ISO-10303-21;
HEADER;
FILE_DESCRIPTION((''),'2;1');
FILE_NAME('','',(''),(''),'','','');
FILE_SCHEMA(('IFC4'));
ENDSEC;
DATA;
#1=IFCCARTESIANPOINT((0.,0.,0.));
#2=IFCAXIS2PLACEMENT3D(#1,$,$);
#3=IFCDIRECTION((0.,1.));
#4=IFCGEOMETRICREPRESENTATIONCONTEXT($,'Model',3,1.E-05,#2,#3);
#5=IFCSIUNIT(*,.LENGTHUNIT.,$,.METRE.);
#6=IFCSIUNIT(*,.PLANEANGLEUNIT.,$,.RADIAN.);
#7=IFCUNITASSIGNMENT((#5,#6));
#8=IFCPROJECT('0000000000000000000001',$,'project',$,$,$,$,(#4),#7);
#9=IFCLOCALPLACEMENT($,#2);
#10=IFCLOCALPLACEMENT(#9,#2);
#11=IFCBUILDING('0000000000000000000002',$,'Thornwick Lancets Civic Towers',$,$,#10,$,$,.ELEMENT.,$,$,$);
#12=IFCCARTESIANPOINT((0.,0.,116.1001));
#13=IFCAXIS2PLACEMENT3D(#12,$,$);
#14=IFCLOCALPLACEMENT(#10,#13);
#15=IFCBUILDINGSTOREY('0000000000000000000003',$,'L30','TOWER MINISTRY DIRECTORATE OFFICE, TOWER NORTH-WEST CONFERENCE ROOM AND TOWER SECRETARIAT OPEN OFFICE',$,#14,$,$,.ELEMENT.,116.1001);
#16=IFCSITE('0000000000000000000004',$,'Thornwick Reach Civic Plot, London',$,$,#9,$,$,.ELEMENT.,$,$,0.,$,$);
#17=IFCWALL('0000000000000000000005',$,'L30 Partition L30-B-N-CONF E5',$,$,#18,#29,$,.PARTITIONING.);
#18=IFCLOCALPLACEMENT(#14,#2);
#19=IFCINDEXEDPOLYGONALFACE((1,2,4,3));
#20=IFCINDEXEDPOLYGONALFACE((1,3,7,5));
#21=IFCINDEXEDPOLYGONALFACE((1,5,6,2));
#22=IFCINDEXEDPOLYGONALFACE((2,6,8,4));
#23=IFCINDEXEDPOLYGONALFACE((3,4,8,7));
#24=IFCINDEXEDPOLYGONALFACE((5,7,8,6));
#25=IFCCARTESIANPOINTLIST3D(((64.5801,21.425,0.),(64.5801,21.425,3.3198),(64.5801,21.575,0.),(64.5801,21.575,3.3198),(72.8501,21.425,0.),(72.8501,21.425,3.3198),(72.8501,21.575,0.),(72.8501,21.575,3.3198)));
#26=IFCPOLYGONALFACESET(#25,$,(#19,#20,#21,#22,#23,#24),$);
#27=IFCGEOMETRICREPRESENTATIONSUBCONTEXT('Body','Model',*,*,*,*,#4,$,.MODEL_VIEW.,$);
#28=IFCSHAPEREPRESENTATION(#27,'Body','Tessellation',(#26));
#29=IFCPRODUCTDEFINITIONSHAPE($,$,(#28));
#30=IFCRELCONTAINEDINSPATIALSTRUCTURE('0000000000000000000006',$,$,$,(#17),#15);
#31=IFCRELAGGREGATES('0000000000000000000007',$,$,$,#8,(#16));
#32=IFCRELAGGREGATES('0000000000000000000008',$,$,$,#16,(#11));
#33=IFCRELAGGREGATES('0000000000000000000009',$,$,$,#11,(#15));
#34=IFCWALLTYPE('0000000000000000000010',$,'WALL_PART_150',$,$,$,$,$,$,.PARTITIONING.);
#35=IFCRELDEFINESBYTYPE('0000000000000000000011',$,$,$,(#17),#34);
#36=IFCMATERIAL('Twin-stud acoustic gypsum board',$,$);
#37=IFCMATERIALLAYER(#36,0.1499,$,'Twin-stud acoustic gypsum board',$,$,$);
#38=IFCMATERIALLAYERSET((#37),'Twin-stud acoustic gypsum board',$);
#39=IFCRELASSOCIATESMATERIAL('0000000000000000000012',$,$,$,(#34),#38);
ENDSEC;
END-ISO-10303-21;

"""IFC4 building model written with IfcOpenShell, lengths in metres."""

from ifc_helpers import new_model, si_unit, direction, frame, frame_2d, origin, place, context, subcontext, project, spatial, rectangle, extrude, material, layer, layer_set, type_object, element, save


model = new_model("IFC4")

# Units and contexts
model_context = context("Model", 3, precision=1e-05, world=origin(), true_north=direction((0.0, 1.0)))
body_context = subcontext(model_context, "Body", "Model", "MODEL_VIEW")
ifc_project = project(units=[si_unit("LENGTHUNIT", "METRE"), si_unit("PLANEANGLEUNIT", "RADIAN")], contexts=[model_context])

# Site, building, storey
site_placement = place(None, origin())
site = spatial("IfcSite", under=ifc_project, at=site_placement, Name="Thornwick Reach Civic Plot, London", CompositionType="ELEMENT", RefElevation=0.0)
building_placement = place(site_placement, origin())
building = spatial("IfcBuilding", under=site, at=building_placement, Name="Thornwick Lancets Civic Towers", CompositionType="ELEMENT")
storey_placement = place(building_placement, frame((0.0, 0.0, 116.1001)))
storey = spatial("IfcBuildingStorey", under=building, at=storey_placement, Name="L30", Description="TOWER MINISTRY DIRECTORATE OFFICE, TOWER NORTH-WEST CONFERENCE ROOM AND TOWER SECRETARIAT OPEN OFFICE", CompositionType="ELEMENT", Elevation=116.1001)

# Wall
ifc_material_1 = material(Name="Twin-stud acoustic gypsum board")
ifc_layer_1 = layer(ifc_material_1, 0.1499, Name="Twin-stud acoustic gypsum board")
ifc_layer_set_1 = layer_set([ifc_layer_1], Name="Twin-stud acoustic gypsum board")
wall_type_1 = type_object("IfcWallType", Name="WALL_PART_150", PredefinedType="PARTITIONING", material=ifc_layer_set_1)
wall_1_placement = place(storey_placement, frame((64.5801, 21.5, 0.0), z_axis=(0.0, 0.0, 1.0), x_axis=(1.0, 0.0, 0.0)))
element("IfcWall", 1, at=wall_1_placement, inside=storey, type_object=wall_type_1, Name="L30 Partition L30-B-N-CONF E5", PredefinedType="PARTITIONING", context=body_context, shape_type="SweptSolid", body=[
    extrude(rectangle(XDim=8.27, YDim=0.1499, at=frame_2d((4.135, 0.0))), origin(), (0.0, 0.0, 1.0), 3.3198),
])

save(model, "model.ifc")
